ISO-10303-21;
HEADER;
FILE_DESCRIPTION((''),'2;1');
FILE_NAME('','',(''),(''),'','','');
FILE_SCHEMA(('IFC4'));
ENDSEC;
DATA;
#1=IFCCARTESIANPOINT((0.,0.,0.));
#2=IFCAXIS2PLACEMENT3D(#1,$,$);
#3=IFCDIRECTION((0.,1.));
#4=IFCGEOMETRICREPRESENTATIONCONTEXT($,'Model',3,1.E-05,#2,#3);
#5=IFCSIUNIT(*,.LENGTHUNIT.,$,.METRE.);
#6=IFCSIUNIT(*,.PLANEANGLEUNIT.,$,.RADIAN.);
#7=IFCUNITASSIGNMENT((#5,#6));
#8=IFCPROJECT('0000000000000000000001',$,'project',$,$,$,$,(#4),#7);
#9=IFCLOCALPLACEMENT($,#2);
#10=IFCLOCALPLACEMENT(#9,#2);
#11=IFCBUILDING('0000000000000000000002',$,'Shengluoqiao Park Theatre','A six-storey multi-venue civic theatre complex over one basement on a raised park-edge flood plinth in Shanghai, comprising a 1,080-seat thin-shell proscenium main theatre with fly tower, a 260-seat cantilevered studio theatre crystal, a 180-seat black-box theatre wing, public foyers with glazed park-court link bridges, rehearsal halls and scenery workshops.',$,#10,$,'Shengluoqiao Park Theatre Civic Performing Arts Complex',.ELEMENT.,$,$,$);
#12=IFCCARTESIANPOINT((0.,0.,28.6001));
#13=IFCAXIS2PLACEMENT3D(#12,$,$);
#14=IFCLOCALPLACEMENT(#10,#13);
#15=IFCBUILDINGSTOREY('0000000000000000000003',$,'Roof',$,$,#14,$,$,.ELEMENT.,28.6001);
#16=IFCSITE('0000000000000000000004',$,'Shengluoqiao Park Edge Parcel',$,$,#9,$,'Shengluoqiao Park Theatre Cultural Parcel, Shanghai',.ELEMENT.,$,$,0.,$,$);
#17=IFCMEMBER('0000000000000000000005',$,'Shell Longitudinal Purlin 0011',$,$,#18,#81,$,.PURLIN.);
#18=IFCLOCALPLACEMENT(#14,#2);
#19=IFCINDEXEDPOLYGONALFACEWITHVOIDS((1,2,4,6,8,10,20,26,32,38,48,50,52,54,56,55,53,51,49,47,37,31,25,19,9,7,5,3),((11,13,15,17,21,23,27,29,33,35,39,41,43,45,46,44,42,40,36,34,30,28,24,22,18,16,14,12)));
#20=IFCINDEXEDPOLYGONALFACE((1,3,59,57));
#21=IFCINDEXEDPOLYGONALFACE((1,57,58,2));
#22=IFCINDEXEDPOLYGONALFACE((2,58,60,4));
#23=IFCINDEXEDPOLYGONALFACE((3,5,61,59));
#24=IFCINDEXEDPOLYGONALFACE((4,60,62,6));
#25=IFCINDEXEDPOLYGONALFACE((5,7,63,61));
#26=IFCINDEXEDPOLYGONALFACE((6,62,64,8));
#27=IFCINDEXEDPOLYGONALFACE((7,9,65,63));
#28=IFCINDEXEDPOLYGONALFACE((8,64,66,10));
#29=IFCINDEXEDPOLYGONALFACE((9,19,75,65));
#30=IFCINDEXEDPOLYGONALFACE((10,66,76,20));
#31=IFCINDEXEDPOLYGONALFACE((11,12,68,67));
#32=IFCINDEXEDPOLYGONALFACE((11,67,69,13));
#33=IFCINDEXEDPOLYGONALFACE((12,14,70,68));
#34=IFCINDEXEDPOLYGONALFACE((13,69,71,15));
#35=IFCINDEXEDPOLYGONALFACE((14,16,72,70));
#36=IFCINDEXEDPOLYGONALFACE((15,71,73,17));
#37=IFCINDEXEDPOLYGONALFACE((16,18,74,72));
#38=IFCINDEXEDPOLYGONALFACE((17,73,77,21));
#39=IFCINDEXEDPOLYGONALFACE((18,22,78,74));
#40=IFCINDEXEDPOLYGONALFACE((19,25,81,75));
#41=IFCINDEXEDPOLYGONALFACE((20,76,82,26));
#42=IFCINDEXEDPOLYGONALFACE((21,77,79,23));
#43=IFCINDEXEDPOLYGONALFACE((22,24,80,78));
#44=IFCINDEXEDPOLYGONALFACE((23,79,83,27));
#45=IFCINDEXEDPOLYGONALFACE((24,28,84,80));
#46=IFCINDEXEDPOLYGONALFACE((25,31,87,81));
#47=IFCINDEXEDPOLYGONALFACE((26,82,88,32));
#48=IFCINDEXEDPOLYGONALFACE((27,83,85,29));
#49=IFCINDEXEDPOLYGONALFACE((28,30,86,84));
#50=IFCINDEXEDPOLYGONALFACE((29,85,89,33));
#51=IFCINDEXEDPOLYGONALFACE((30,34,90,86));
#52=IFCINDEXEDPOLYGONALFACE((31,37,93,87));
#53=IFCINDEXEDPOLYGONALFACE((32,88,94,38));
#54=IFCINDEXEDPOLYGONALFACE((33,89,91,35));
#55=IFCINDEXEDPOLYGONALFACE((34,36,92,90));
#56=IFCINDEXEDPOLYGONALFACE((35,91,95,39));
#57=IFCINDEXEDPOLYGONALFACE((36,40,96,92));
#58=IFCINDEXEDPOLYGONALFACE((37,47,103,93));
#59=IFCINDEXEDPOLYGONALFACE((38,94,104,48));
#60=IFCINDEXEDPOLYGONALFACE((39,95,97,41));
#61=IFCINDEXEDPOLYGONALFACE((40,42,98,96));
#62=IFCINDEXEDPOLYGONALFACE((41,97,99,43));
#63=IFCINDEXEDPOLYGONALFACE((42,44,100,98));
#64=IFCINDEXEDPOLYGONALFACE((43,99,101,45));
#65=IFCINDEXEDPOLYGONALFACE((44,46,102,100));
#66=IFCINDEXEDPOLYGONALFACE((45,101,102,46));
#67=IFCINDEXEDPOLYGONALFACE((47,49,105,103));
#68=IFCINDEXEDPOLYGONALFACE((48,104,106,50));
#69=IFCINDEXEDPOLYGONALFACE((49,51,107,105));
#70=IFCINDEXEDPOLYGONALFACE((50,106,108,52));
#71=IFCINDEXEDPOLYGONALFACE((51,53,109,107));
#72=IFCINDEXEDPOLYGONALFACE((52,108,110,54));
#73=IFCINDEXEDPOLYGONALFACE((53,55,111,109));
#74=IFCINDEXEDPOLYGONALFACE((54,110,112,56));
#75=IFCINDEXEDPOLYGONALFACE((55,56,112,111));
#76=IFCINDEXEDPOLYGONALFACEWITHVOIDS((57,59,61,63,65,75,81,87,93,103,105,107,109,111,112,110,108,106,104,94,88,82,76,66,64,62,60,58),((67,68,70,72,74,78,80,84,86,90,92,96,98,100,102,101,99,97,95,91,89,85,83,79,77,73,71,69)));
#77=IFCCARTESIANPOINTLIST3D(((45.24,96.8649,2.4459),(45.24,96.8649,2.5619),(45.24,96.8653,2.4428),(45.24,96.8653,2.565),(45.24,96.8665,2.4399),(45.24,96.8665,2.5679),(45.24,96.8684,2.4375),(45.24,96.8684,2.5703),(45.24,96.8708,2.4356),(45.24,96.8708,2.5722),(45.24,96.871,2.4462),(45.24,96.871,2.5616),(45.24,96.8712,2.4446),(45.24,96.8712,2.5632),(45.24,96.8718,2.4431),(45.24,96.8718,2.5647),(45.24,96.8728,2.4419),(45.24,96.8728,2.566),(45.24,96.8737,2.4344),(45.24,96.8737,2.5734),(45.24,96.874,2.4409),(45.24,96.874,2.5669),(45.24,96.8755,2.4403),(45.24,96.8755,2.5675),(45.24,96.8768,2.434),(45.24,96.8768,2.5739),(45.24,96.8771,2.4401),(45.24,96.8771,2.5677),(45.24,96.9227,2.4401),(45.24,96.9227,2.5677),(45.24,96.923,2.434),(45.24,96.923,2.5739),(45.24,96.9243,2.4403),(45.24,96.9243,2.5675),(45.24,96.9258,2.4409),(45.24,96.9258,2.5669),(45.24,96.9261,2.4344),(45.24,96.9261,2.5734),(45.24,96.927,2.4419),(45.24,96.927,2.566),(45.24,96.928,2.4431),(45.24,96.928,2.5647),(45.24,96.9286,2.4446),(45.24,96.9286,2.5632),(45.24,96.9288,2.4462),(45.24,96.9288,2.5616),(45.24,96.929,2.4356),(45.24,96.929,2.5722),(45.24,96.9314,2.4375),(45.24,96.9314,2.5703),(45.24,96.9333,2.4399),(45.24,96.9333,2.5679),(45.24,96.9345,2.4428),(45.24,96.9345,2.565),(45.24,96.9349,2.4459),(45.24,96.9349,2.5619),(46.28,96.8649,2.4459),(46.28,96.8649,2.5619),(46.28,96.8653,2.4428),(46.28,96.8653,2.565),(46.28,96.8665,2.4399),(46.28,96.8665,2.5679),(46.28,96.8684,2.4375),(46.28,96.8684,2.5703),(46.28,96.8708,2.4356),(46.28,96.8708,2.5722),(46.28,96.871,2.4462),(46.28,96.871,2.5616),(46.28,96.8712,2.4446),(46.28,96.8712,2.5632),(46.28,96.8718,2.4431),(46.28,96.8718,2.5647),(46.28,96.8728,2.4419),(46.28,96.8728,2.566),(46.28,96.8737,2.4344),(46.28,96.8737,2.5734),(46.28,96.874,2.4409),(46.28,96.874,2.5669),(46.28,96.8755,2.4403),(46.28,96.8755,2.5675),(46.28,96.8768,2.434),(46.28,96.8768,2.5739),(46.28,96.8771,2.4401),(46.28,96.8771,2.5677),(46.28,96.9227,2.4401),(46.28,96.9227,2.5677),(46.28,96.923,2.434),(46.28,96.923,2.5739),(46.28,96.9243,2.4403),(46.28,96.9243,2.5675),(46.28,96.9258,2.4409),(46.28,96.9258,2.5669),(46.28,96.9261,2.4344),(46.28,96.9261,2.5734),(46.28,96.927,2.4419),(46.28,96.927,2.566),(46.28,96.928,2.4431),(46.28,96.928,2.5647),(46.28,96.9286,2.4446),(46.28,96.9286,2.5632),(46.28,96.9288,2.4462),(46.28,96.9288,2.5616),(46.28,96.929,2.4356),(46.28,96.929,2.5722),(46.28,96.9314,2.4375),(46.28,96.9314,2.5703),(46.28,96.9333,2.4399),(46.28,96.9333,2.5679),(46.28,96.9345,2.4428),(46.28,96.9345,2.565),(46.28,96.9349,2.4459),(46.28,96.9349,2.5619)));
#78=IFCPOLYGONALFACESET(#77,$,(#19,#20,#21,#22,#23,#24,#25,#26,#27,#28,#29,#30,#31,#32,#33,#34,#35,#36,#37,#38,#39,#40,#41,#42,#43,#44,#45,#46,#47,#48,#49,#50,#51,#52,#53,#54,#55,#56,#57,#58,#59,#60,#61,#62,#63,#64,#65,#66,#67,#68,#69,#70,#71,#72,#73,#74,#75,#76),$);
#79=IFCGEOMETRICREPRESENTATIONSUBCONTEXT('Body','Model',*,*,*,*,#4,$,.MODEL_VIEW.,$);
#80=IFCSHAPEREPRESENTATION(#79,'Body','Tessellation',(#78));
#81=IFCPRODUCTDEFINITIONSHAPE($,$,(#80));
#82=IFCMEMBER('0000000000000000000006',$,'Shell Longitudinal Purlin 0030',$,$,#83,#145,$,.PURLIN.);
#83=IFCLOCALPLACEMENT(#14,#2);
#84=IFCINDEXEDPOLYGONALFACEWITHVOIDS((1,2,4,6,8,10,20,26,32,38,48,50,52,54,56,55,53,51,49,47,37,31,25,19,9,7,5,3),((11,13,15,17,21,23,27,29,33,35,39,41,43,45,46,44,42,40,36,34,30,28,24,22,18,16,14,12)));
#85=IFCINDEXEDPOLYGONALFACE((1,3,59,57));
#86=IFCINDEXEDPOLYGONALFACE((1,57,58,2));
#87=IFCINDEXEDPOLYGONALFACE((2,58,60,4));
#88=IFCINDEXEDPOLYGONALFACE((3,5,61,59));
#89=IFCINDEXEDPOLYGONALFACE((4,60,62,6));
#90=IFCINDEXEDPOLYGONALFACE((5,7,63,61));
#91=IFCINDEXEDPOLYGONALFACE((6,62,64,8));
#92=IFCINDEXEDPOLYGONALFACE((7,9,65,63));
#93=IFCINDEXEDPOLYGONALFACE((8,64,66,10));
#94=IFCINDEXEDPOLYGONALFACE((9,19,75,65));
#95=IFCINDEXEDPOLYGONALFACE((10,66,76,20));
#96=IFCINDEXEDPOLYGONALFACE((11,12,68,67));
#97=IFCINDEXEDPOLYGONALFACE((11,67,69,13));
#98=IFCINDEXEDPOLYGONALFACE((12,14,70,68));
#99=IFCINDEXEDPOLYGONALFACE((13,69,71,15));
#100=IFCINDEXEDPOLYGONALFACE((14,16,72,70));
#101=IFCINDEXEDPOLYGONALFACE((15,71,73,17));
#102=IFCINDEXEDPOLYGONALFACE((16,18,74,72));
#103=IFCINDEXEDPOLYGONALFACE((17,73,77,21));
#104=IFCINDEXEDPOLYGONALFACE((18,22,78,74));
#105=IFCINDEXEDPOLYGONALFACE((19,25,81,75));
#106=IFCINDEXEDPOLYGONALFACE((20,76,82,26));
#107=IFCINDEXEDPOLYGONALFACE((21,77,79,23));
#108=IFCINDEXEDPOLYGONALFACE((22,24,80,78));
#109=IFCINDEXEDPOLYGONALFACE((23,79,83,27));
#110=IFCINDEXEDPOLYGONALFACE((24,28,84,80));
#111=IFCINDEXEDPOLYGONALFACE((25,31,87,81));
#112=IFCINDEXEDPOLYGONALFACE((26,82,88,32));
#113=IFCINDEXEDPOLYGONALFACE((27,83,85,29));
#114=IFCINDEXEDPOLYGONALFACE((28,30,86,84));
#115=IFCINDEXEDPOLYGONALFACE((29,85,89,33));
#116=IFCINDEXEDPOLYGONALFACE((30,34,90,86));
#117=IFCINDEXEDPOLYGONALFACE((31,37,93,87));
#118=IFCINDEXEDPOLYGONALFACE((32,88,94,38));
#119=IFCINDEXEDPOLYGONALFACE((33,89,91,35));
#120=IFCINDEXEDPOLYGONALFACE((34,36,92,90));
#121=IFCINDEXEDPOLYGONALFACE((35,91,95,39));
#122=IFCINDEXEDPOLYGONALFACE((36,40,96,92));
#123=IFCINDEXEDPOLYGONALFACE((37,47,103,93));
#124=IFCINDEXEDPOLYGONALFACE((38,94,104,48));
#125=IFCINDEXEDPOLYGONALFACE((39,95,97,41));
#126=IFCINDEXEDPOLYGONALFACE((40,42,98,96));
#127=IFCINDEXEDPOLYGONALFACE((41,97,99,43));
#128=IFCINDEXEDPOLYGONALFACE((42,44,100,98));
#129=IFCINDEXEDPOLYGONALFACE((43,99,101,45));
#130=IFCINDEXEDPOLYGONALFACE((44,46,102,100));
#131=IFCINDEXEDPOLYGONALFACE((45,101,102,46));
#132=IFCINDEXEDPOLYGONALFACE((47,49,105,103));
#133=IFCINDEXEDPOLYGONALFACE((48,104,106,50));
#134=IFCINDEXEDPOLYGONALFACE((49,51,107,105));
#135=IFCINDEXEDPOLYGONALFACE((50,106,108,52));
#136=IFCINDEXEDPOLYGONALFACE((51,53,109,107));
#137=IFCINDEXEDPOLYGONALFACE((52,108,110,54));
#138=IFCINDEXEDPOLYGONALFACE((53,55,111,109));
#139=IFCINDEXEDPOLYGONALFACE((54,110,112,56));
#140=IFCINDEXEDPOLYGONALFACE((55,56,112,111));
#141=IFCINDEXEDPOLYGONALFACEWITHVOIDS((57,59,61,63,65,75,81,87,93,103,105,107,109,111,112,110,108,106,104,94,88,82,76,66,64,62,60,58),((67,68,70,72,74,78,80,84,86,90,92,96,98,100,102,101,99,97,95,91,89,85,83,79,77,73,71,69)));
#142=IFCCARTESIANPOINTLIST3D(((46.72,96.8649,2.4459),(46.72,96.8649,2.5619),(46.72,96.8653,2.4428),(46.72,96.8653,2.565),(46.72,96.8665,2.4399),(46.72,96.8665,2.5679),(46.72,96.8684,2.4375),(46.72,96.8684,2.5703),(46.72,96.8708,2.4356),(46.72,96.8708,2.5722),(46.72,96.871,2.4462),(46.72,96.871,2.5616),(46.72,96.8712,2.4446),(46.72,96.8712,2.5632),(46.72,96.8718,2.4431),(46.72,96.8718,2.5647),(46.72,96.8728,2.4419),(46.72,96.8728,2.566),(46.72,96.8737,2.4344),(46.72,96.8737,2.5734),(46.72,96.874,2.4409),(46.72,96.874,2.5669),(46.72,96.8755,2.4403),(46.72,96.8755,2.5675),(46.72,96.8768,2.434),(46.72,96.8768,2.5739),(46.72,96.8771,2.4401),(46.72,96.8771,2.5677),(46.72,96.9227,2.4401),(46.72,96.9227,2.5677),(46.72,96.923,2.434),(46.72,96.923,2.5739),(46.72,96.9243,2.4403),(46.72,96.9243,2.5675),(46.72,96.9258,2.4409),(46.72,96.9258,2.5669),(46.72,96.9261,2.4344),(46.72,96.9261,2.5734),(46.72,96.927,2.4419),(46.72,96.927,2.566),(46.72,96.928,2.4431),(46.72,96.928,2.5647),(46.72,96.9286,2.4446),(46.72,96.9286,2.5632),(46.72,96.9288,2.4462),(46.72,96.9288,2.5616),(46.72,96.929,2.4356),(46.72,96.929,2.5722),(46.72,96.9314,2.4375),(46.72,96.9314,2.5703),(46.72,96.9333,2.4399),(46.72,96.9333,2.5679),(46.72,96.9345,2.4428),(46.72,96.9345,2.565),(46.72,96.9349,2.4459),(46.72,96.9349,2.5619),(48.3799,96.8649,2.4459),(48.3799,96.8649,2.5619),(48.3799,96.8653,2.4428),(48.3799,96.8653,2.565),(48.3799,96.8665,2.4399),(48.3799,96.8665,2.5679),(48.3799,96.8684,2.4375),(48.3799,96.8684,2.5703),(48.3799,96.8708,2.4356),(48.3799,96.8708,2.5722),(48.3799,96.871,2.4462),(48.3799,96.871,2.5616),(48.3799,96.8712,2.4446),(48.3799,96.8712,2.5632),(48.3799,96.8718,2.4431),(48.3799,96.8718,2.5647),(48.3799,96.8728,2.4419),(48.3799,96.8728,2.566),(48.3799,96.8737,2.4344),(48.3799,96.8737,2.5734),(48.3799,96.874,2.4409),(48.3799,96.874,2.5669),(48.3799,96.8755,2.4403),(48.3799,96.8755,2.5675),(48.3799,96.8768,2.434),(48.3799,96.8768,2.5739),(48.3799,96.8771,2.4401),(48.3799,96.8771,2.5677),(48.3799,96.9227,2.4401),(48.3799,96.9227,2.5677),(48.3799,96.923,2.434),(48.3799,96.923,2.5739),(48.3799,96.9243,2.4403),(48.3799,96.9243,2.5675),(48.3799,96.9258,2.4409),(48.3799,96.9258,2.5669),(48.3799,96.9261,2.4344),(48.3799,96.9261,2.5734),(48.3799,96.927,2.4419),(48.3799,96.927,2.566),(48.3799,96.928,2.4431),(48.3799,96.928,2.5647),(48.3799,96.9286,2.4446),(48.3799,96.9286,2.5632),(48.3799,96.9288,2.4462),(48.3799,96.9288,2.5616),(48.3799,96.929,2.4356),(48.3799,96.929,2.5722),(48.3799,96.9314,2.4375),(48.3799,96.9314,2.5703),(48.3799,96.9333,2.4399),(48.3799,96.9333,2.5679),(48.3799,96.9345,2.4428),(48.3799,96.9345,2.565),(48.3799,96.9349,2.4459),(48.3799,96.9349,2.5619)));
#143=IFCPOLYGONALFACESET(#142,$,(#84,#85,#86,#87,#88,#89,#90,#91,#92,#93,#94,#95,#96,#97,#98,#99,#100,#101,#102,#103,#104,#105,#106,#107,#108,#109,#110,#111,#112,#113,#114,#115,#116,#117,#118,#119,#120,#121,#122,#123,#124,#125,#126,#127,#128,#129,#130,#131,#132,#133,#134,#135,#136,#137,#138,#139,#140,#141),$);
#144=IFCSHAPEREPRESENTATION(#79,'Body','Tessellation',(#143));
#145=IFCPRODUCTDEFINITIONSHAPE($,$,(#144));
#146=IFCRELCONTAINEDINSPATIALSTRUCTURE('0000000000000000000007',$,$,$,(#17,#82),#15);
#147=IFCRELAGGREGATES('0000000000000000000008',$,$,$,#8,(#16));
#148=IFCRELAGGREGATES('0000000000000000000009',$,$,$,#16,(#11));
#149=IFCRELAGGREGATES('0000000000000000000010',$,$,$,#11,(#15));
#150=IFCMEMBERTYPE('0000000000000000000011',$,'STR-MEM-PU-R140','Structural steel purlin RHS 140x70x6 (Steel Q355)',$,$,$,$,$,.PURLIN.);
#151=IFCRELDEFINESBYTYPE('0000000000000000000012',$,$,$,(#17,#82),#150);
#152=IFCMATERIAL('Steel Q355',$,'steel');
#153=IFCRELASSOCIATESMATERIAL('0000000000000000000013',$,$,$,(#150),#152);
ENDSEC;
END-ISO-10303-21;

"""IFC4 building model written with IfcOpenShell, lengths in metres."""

from ifc_helpers import new_model, si_unit, direction, frame, origin, origin_2d, place, context, subcontext, project, spatial, hollow_rectangle, extrude, material, material_profile, profile_set, type_object, element, save


model = new_model("IFC4")

# Units and contexts
model_context = context("Model", 3, precision=1e-05, world=origin(), true_north=direction((0.0, 1.0)))
body_context = subcontext(model_context, "Body", "Model", "MODEL_VIEW")
ifc_project = project(units=[si_unit("LENGTHUNIT", "METRE"), si_unit("PLANEANGLEUNIT", "RADIAN")], contexts=[model_context])

# Site, building, storey
site_placement = place(None, origin())
site = spatial("IfcSite", under=ifc_project, at=site_placement, Name="Shengluoqiao Park Edge Parcel", LongName="Shengluoqiao Park Theatre Cultural Parcel, Shanghai", CompositionType="ELEMENT", RefElevation=0.0)
building_placement = place(site_placement, origin())
building = spatial("IfcBuilding", under=site, at=building_placement, Name="Shengluoqiao Park Theatre", Description="A six-storey multi-venue civic theatre complex over one basement on a raised park-edge flood plinth in Shanghai, comprising a 1,080-seat thin-shell proscenium main theatre with fly tower, a 260-seat cantilevered studio theatre crystal, a 180-seat black-box theatre wing, public foyers with glazed park-court link bridges, rehearsal halls and scenery workshops.", LongName="Shengluoqiao Park Theatre Civic Performing Arts Complex", CompositionType="ELEMENT")
storey_placement = place(building_placement, frame((0.0, 0.0, 28.6001)))
storey = spatial("IfcBuildingStorey", under=building, at=storey_placement, Name="Roof", CompositionType="ELEMENT", Elevation=28.6001)

# Shared definitions
ifc_material_1 = material(Name="Steel Q355", Category="steel")

# Members
ifc_material_profile_1 = material_profile(ifc_material_1, hollow_rectangle(XDim=0.0701, YDim=0.1399, WallThickness=0.0061, InnerFilletRadius=0.0061, OuterFilletRadius=0.012, at=origin_2d()), Name="RHS 140x70x6")
ifc_profile_set_1 = profile_set([ifc_material_profile_1], Name="Steel Q355")
member_type_1 = type_object("IfcMemberType", Name="STR-MEM-PU-R140", Description="Structural steel purlin RHS 140x70x6 (Steel Q355)", PredefinedType="PURLIN", material=ifc_profile_set_1)
member_1_placement = place(storey_placement, frame((45.24, 96.8999, 2.5039), z_axis=(1.0, 0.0, 0.0), x_axis=(0.0, 1.0, 0.0)))
element("IfcMember", 1, at=member_1_placement, inside=storey, type_object=member_type_1, Name="Shell Longitudinal Purlin 0011", PredefinedType="PURLIN", context=body_context, shape_type="SweptSolid", body=[
    extrude(hollow_rectangle(XDim=0.0701, YDim=0.1399, WallThickness=0.0061, InnerFilletRadius=0.0061, OuterFilletRadius=0.012, at=origin_2d()), origin(), (0.0, 0.0, 1.0), 1.04),
])
member_2_placement = place(storey_placement, frame((46.72, 96.8999, 2.5039), z_axis=(1.0, 0.0, 0.0), x_axis=(0.0, 1.0, 0.0)))
element("IfcMember", 2, at=member_2_placement, inside=storey, type_object=member_type_1, Name="Shell Longitudinal Purlin 0030", PredefinedType="PURLIN", context=body_context, shape_type="SweptSolid", body=[
    extrude(hollow_rectangle(XDim=0.0701, YDim=0.1399, WallThickness=0.0061, InnerFilletRadius=0.0061, OuterFilletRadius=0.012, at=origin_2d()), origin(), (0.0, 0.0, 1.0), 1.6599),
])

save(model, "model.ifc")
